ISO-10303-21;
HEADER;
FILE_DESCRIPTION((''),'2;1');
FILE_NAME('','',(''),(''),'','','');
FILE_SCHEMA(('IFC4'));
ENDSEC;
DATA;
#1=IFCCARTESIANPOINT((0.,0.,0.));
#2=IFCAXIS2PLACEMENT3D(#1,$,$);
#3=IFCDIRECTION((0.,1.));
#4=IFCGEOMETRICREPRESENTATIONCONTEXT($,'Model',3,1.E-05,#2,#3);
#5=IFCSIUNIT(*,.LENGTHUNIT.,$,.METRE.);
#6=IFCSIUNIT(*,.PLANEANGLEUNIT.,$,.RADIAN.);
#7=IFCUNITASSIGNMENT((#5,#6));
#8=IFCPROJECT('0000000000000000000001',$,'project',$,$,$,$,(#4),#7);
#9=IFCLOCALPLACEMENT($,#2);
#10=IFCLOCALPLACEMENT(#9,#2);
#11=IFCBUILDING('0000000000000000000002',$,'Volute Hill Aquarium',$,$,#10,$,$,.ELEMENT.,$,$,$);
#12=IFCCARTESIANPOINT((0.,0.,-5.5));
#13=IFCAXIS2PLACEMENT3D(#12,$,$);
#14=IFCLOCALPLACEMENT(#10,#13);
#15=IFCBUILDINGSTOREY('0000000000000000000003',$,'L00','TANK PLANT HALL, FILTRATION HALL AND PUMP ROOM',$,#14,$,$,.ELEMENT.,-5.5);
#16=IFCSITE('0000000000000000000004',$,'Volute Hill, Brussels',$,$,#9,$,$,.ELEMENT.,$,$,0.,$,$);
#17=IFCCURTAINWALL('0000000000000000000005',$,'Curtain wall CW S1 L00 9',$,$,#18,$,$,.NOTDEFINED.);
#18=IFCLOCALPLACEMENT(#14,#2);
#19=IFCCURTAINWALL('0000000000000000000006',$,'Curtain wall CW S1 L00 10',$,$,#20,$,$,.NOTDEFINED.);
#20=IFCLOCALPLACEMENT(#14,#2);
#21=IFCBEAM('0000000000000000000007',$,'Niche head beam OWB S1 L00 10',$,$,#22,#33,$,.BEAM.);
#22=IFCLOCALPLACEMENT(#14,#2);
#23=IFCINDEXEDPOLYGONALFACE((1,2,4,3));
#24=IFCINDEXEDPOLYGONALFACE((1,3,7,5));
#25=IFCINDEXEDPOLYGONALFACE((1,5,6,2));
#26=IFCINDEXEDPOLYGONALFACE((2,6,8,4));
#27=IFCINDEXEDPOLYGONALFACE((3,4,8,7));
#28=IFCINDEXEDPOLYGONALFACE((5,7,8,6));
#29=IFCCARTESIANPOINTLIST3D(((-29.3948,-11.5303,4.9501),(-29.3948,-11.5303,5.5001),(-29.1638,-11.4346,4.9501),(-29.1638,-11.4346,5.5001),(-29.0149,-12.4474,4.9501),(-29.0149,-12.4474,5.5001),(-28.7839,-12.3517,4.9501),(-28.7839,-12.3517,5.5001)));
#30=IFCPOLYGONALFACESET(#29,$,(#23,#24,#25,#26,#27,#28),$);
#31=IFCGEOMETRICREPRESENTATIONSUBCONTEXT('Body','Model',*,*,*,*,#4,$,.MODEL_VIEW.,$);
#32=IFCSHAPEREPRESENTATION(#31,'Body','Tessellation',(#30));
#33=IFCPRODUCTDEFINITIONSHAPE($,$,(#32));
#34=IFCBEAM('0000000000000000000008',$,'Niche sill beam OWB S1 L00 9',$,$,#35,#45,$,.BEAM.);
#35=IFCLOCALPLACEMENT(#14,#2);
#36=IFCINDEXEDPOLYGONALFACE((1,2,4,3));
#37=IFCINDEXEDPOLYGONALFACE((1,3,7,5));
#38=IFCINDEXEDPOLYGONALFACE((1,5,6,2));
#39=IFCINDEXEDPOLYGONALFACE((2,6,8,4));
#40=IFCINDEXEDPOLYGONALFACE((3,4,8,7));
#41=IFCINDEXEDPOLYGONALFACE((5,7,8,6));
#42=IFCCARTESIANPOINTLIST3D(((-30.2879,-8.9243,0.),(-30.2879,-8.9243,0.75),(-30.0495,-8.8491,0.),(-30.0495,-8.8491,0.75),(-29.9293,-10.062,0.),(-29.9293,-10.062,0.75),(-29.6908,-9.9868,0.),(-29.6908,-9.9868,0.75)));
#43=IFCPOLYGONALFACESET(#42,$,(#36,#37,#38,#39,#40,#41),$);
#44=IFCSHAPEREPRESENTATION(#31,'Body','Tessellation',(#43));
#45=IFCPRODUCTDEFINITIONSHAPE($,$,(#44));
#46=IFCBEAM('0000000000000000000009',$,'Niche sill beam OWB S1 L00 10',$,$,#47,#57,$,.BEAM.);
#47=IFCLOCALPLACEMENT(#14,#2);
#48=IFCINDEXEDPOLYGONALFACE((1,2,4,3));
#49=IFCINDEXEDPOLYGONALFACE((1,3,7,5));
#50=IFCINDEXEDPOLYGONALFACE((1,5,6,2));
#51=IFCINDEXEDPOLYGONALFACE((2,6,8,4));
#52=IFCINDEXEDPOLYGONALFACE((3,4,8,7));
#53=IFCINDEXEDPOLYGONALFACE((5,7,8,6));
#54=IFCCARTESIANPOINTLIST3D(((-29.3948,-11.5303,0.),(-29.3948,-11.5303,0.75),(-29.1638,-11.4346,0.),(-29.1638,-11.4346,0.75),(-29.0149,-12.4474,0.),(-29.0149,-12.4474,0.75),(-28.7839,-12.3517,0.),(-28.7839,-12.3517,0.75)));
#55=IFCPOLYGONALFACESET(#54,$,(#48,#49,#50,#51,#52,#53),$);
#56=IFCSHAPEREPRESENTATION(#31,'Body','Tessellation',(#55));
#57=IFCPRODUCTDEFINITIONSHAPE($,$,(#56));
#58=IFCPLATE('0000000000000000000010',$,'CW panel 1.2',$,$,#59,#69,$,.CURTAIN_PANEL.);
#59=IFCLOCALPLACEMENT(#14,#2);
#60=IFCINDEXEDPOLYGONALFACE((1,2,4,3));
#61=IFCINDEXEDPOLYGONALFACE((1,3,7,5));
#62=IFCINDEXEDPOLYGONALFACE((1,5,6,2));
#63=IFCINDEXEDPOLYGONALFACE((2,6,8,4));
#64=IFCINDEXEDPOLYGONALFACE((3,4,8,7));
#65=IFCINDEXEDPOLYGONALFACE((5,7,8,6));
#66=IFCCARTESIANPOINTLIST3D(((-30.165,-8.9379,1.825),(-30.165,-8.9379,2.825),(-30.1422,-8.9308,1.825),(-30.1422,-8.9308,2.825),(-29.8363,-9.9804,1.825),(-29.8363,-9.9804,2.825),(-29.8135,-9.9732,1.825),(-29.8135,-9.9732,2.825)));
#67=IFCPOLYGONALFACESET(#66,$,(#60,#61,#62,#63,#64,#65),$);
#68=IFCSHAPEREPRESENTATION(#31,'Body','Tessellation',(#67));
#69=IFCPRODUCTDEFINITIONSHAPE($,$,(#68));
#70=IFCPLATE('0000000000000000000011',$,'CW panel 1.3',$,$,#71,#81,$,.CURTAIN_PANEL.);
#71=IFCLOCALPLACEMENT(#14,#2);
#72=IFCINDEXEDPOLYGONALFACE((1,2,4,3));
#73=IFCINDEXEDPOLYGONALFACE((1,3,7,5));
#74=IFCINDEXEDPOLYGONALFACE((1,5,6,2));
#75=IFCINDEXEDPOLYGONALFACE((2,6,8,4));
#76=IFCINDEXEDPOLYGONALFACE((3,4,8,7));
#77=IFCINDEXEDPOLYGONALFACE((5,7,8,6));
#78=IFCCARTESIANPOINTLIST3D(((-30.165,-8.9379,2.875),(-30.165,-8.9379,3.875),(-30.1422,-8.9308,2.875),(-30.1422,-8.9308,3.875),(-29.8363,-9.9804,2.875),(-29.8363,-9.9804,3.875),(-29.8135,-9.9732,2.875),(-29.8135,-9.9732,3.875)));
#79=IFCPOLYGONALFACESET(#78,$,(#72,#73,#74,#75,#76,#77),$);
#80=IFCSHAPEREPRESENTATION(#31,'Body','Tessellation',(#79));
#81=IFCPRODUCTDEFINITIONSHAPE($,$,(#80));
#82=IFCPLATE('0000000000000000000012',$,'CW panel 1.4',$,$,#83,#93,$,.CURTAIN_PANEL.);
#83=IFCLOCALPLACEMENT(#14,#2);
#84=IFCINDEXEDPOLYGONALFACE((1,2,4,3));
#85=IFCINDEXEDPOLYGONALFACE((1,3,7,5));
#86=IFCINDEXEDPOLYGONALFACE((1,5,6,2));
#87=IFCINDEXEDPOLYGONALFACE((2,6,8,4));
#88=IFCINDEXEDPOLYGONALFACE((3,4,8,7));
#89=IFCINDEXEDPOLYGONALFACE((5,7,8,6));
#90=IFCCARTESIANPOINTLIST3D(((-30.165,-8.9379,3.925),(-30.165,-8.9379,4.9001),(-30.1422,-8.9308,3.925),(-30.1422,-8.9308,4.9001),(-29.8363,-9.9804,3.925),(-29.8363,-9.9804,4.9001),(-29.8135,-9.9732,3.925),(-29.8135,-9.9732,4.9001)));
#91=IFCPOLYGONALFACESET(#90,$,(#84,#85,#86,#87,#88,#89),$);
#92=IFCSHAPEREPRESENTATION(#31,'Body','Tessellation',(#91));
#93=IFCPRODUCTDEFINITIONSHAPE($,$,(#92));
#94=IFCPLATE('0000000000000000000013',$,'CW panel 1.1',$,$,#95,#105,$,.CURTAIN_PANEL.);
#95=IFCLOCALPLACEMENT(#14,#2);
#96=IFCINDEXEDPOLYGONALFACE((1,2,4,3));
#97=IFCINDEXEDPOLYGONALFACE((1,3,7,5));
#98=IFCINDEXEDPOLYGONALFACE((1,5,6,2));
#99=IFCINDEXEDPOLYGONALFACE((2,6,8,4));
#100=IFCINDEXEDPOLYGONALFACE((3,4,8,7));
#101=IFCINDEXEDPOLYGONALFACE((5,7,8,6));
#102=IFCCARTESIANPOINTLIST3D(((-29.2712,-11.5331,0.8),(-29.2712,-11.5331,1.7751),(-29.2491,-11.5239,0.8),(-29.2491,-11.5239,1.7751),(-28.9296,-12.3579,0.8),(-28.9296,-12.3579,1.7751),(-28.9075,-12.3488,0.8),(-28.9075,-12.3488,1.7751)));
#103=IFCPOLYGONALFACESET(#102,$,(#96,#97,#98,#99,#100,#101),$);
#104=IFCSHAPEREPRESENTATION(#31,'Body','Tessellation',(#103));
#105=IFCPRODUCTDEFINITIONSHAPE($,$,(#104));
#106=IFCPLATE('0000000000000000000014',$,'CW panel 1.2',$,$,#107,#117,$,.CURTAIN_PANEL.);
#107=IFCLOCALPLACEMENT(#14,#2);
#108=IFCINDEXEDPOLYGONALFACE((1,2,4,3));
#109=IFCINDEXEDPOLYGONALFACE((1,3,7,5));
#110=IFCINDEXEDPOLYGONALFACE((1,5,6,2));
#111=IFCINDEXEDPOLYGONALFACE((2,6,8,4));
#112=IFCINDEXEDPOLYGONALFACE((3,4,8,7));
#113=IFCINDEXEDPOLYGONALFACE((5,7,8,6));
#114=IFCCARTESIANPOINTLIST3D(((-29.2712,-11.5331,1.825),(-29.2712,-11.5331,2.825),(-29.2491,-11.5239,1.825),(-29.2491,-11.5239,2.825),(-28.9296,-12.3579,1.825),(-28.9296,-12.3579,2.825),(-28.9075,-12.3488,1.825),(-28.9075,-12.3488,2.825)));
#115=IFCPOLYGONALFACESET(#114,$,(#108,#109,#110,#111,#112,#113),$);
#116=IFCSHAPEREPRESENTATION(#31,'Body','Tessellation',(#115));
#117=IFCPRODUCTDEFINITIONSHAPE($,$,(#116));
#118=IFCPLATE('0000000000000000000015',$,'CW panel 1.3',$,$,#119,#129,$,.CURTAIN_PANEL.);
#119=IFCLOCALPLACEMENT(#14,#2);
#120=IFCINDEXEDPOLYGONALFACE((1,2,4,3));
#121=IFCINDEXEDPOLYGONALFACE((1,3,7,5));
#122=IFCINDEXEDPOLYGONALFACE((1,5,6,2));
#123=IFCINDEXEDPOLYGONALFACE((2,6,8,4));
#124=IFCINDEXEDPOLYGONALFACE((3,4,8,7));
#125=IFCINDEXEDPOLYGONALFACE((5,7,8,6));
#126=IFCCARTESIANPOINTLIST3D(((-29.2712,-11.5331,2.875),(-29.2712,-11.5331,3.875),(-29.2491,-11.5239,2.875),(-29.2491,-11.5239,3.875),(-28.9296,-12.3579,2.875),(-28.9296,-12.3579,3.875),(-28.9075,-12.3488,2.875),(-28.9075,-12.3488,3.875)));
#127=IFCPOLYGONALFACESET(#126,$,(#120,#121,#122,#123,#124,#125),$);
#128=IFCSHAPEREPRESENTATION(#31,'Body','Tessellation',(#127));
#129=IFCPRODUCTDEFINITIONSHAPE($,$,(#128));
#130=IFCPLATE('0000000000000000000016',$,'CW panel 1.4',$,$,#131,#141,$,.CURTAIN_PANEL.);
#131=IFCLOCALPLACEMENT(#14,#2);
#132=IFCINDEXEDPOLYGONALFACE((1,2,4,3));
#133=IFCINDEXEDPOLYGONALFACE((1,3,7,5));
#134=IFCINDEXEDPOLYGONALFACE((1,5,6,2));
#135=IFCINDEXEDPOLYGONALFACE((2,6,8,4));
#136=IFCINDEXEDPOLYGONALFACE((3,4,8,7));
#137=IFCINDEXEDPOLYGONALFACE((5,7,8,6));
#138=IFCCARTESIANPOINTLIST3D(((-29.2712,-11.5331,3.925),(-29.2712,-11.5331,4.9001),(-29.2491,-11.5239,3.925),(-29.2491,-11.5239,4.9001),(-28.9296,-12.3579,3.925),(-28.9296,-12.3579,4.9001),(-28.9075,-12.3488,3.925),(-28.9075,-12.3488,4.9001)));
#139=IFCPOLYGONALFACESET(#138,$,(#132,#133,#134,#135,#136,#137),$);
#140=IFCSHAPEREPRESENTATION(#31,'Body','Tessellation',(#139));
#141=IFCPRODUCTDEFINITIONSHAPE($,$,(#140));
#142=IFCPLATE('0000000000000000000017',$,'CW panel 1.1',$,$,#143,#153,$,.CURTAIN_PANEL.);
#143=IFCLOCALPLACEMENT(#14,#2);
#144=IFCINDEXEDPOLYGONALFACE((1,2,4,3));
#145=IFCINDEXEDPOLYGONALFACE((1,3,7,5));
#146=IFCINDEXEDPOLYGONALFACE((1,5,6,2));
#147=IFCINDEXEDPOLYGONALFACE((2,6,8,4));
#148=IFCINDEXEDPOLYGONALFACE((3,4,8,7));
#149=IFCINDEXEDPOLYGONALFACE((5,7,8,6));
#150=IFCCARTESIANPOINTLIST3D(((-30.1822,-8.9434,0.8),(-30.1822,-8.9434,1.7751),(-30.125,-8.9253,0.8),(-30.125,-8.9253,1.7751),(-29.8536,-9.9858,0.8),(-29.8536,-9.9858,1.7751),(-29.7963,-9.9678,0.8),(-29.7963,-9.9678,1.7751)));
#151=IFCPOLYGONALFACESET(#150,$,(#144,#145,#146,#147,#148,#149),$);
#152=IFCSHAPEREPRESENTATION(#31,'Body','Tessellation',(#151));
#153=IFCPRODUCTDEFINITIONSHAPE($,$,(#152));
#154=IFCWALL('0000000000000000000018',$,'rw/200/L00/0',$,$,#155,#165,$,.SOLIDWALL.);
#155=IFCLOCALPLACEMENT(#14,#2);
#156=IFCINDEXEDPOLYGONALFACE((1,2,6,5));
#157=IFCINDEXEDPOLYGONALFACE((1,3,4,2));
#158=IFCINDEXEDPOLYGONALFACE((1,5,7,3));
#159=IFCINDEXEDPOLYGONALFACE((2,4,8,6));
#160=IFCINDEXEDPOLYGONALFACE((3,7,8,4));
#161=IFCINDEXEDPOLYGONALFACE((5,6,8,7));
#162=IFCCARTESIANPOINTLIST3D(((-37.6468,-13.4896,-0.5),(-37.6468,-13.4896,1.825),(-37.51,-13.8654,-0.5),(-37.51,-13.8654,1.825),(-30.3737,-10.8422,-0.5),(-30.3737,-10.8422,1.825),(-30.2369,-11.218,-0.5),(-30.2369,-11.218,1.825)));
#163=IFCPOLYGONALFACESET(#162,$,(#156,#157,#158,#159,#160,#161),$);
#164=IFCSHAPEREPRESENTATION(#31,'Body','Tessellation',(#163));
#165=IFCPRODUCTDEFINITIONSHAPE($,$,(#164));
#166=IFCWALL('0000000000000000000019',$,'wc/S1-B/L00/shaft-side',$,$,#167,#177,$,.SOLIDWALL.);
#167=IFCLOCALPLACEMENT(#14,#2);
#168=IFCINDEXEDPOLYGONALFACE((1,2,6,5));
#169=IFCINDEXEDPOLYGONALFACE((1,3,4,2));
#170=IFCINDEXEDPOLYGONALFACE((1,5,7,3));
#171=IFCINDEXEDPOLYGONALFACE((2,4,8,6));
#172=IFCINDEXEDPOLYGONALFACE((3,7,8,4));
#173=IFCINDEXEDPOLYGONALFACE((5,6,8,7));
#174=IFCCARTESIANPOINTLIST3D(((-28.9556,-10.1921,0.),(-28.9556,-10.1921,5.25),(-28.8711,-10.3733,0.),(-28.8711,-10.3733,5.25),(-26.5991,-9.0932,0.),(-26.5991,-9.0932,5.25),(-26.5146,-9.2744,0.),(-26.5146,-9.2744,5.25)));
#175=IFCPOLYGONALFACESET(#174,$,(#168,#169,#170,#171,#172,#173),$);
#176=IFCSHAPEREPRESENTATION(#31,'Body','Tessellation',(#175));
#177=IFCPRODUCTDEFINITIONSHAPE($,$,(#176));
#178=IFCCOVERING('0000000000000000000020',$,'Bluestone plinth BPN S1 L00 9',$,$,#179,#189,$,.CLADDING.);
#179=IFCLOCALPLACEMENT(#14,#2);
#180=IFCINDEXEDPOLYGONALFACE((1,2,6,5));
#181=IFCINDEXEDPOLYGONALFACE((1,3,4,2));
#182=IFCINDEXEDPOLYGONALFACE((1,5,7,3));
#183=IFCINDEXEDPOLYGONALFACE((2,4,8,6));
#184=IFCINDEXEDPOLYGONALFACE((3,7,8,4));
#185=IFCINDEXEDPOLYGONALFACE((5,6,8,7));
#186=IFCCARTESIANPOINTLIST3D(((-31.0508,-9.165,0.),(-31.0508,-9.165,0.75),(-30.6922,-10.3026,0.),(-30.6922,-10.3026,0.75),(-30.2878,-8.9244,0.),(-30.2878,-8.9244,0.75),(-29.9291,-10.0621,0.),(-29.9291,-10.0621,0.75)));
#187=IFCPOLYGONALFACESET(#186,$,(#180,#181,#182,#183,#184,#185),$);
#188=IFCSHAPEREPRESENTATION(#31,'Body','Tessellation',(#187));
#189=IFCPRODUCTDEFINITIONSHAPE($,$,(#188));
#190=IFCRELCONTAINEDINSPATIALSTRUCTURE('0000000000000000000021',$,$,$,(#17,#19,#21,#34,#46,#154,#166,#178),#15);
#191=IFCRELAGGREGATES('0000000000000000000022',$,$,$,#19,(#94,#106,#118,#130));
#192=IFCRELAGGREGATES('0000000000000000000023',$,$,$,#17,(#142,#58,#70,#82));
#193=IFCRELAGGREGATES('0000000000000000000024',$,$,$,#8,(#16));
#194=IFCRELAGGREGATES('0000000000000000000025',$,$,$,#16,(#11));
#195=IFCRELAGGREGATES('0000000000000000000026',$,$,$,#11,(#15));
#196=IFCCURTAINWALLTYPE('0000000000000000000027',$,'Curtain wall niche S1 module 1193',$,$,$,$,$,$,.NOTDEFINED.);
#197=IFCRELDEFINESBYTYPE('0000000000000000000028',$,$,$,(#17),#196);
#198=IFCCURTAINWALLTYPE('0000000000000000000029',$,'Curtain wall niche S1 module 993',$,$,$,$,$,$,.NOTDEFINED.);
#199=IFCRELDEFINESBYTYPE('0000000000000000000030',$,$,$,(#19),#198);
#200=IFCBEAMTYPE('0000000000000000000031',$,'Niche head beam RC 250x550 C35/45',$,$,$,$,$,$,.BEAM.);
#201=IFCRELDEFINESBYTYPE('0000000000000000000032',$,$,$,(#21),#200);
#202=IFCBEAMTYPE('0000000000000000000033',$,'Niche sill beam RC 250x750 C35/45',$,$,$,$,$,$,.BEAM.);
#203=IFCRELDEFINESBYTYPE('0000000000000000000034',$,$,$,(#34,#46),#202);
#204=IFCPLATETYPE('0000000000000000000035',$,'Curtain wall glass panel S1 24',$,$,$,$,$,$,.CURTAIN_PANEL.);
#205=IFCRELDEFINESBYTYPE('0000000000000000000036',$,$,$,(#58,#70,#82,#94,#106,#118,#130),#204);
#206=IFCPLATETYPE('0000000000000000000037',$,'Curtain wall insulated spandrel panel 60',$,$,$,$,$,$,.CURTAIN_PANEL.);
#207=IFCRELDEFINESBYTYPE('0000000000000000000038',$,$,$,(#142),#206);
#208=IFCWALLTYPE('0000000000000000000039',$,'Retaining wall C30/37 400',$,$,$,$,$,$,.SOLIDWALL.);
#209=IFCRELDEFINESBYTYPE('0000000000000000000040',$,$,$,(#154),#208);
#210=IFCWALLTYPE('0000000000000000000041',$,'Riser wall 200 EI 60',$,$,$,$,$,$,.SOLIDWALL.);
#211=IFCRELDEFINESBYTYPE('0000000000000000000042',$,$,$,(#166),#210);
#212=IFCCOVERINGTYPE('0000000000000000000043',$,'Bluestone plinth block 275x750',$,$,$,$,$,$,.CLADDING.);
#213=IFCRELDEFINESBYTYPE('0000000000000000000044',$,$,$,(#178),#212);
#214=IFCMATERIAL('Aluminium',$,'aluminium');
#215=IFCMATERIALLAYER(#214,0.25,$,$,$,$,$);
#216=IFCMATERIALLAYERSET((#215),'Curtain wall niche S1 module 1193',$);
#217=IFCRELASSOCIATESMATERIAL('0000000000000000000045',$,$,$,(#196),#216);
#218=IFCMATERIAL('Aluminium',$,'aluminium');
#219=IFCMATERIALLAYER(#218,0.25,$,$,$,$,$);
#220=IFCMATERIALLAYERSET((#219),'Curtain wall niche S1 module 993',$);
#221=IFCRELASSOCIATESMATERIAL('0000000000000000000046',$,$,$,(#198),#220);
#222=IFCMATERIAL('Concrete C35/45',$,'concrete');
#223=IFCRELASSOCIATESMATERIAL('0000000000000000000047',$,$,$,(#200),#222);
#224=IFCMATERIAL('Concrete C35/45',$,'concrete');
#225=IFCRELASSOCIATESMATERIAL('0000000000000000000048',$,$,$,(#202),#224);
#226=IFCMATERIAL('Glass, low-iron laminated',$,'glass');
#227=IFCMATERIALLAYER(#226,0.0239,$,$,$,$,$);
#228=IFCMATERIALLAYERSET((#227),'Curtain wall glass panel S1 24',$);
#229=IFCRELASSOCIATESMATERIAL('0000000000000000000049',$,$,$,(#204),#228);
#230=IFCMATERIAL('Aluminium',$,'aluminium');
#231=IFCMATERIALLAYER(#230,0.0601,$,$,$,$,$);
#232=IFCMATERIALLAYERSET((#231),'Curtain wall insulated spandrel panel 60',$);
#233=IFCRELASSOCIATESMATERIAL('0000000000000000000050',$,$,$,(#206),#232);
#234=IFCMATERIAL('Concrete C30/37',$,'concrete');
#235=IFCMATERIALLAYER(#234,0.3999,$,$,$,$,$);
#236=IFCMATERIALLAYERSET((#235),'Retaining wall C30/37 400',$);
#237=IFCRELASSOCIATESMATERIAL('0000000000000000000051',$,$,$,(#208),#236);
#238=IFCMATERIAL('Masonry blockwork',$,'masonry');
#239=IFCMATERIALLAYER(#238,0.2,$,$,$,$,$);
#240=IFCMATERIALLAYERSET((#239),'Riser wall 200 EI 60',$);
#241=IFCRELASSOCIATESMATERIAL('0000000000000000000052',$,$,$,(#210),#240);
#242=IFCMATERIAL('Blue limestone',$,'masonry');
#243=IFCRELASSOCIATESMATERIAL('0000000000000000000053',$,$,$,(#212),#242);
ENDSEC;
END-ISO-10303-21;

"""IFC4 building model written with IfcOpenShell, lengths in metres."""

from ifc_helpers import new_model, si_unit, direction, frame, frame_2d, origin, origin_2d, place, context, subcontext, project, spatial, rectangle, extrude, material, layer, layer_set, material_profile, profile_set, type_object, element, aggregate, save


model = new_model("IFC4")

# Units and contexts
model_context = context("Model", 3, precision=1e-05, world=origin(), true_north=direction((0.0, 1.0)))
body_context = subcontext(model_context, "Body", "Model", "MODEL_VIEW")
ifc_project = project(units=[si_unit("LENGTHUNIT", "METRE"), si_unit("PLANEANGLEUNIT", "RADIAN")], contexts=[model_context])

# Site, building, storey
site_placement = place(None, origin())
site = spatial("IfcSite", under=ifc_project, at=site_placement, Name="Volute Hill, Brussels", CompositionType="ELEMENT", RefElevation=0.0)
building_placement = place(site_placement, origin())
building = spatial("IfcBuilding", under=site, at=building_placement, Name="Volute Hill Aquarium", CompositionType="ELEMENT")
storey_placement = place(building_placement, frame((0.0, 0.0, -5.5)))
storey = spatial("IfcBuildingStorey", under=building, at=storey_placement, Name="L00", Description="TANK PLANT HALL, FILTRATION HALL AND PUMP ROOM", CompositionType="ELEMENT", Elevation=-5.5)

# Curtain wall
ifc_material_1 = material(Name="Aluminium", Category="aluminium")
ifc_layer_1 = layer(ifc_material_1, 0.25)
ifc_layer_set_1 = layer_set([ifc_layer_1], Name="Curtain wall niche S1 module 1193")
curtain_wall_type_1 = type_object("IfcCurtainWallType", Name="Curtain wall niche S1 module 1193", PredefinedType="NOTDEFINED", material=ifc_layer_set_1)
curtain_wall_1_placement = place(storey_placement, origin())
curtain_wall_1 = element("IfcCurtainWall", 1, at=curtain_wall_1_placement, inside=storey, type_object=curtain_wall_type_1, Name="Curtain wall CW S1 L00 9", PredefinedType="NOTDEFINED")

# Curtain wall
ifc_material_2 = material(Name="Aluminium", Category="aluminium")
ifc_layer_2 = layer(ifc_material_2, 0.25)
ifc_layer_set_2 = layer_set([ifc_layer_2], Name="Curtain wall niche S1 module 993")
curtain_wall_type_2 = type_object("IfcCurtainWallType", Name="Curtain wall niche S1 module 993", PredefinedType="NOTDEFINED", material=ifc_layer_set_2)
curtain_wall_2_placement = place(storey_placement, origin())
curtain_wall_2 = element("IfcCurtainWall", 2, at=curtain_wall_2_placement, inside=storey, type_object=curtain_wall_type_2, Name="Curtain wall CW S1 L00 10", PredefinedType="NOTDEFINED")

# Beams
ifc_material_3 = material(Name="Concrete C35/45", Category="concrete")
ifc_material_profile_1 = material_profile(ifc_material_3, rectangle(XDim=0.25, YDim=0.55, at=origin_2d()), Name="RC beam 250x550")
ifc_profile_set_1 = profile_set([ifc_material_profile_1], Name="Concrete C35/45")
beam_type_1 = type_object("IfcBeamType", Name="Niche head beam RC 250x550 C35/45", PredefinedType="BEAM", material=ifc_profile_set_1)
beam_1_placement = place(storey_placement, frame((-29.2793, -11.4824, 5.2251), z_axis=(0.382728, -0.923861, 0.0), x_axis=(0.923861, 0.382728, 0.0)))
element("IfcBeam", 3, at=beam_1_placement, inside=storey, type_object=beam_type_1, Name="Niche head beam OWB S1 L00 10", PredefinedType="BEAM", context=body_context, shape_type="SweptSolid", body=[
    extrude(rectangle(XDim=0.25, YDim=0.55, at=origin_2d()), origin(), (0.0, 0.0, 1.0), 0.9927),
])
ifc_material_4 = material(Name="Concrete C35/45", Category="concrete")
ifc_material_profile_2 = material_profile(ifc_material_4, rectangle(XDim=0.25, YDim=0.75, at=origin_2d()), Name="RC beam 250x750")
ifc_profile_set_2 = profile_set([ifc_material_profile_2], Name="Concrete C35/45")
beam_type_2 = type_object("IfcBeamType", Name="Niche sill beam RC 250x750 C35/45", PredefinedType="BEAM", material=ifc_profile_set_2)
beam_2_placement = place(storey_placement, frame((-30.1687, -8.8867, 0.375), z_axis=(0.300651, -0.953734, 0.0), x_axis=(0.953734, 0.300651, 0.0)))
element("IfcBeam", 4, at=beam_2_placement, inside=storey, type_object=beam_type_2, Name="Niche sill beam OWB S1 L00 9", PredefinedType="BEAM", context=body_context, shape_type="SweptSolid", body=[
    extrude(rectangle(XDim=0.25, YDim=0.75, at=origin_2d()), origin(), (0.0, 0.0, 1.0), 1.1929),
])
beam_3_placement = place(storey_placement, frame((-29.2793, -11.4824, 0.375), z_axis=(0.382728, -0.923861, 0.0), x_axis=(0.923861, 0.382728, 0.0)))
element("IfcBeam", 5, at=beam_3_placement, inside=storey, type_object=beam_type_2, Name="Niche sill beam OWB S1 L00 10", PredefinedType="BEAM", context=body_context, shape_type="SweptSolid", body=[
    extrude(rectangle(XDim=0.25, YDim=0.75, at=origin_2d()), origin(), (0.0, 0.0, 1.0), 0.9927),
])

# Plates
ifc_material_5 = material(Name="Glass, low-iron laminated", Category="glass")
ifc_layer_3 = layer(ifc_material_5, 0.0239)
ifc_layer_set_3 = layer_set([ifc_layer_3], Name="Curtain wall glass panel S1 24")
plate_type_1 = type_object("IfcPlateType", Name="Curtain wall glass panel S1 24", PredefinedType="CURTAIN_PANEL", material=ifc_layer_set_3)
plate_1_placement = place(storey_placement, frame((-29.9893, -9.4556, 1.825), z_axis=(0.0, 0.0, 1.0), x_axis=(0.3007, -0.953719, 0.0)))
plate_1 = element("IfcPlate", 6, at=plate_1_placement, type_object=plate_type_1, Name="CW panel 1.2", PredefinedType="CURTAIN_PANEL", context=body_context, shape_type="SweptSolid", body=[
    extrude(rectangle(XDim=1.093, YDim=0.0239, at=origin_2d()), origin(), (0.0, 0.0, 1.0), 1.0),
])
plate_2_placement = place(storey_placement, frame((-29.9893, -9.4556, 2.875), z_axis=(0.0, 0.0, 1.0), x_axis=(0.3007, -0.953719, 0.0)))
plate_2 = element("IfcPlate", 7, at=plate_2_placement, type_object=plate_type_1, Name="CW panel 1.3", PredefinedType="CURTAIN_PANEL", context=body_context, shape_type="SweptSolid", body=[
    extrude(rectangle(XDim=1.093, YDim=0.0239, at=origin_2d()), origin(), (0.0, 0.0, 1.0), 1.0),
])
plate_3_placement = place(storey_placement, frame((-29.9893, -9.4556, 3.925), z_axis=(0.0, 0.0, 1.0), x_axis=(0.3007, -0.953719, 0.0)))
plate_3 = element("IfcPlate", 8, at=plate_3_placement, type_object=plate_type_1, Name="CW panel 1.4", PredefinedType="CURTAIN_PANEL", context=body_context, shape_type="SweptSolid", body=[
    extrude(rectangle(XDim=1.093, YDim=0.0239, at=origin_2d()), origin(), (0.0, 0.0, 1.0), 0.9751),
])
plate_4_placement = place(storey_placement, frame((-29.0894, -11.9409, 0.8), z_axis=(0.0, 0.0, 1.0), x_axis=(0.38267, -0.923885, 0.0)))
plate_4 = element("IfcPlate", 9, at=plate_4_placement, type_object=plate_type_1, Name="CW panel 1.1", PredefinedType="CURTAIN_PANEL", context=body_context, shape_type="SweptSolid", body=[
    extrude(rectangle(XDim=0.8928, YDim=0.0239, at=origin_2d()), origin(), (0.0, 0.0, 1.0), 0.9751),
])
plate_5_placement = place(storey_placement, frame((-29.0894, -11.9409, 1.825), z_axis=(0.0, 0.0, 1.0), x_axis=(0.38267, -0.923885, 0.0)))
plate_5 = element("IfcPlate", 10, at=plate_5_placement, type_object=plate_type_1, Name="CW panel 1.2", PredefinedType="CURTAIN_PANEL", context=body_context, shape_type="SweptSolid", body=[
    extrude(rectangle(XDim=0.8928, YDim=0.0239, at=origin_2d()), origin(), (0.0, 0.0, 1.0), 1.0),
])
plate_6_placement = place(storey_placement, frame((-29.0894, -11.9409, 2.875), z_axis=(0.0, 0.0, 1.0), x_axis=(0.38267, -0.923885, 0.0)))
plate_6 = element("IfcPlate", 11, at=plate_6_placement, type_object=plate_type_1, Name="CW panel 1.3", PredefinedType="CURTAIN_PANEL", context=body_context, shape_type="SweptSolid", body=[
    extrude(rectangle(XDim=0.8928, YDim=0.0239, at=origin_2d()), origin(), (0.0, 0.0, 1.0), 1.0),
])
plate_7_placement = place(storey_placement, frame((-29.0894, -11.9409, 3.925), z_axis=(0.0, 0.0, 1.0), x_axis=(0.38267, -0.923885, 0.0)))
plate_7 = element("IfcPlate", 12, at=plate_7_placement, type_object=plate_type_1, Name="CW panel 1.4", PredefinedType="CURTAIN_PANEL", context=body_context, shape_type="SweptSolid", body=[
    extrude(rectangle(XDim=0.8928, YDim=0.0239, at=origin_2d()), origin(), (0.0, 0.0, 1.0), 0.9751),
])
aggregate(curtain_wall_2, [plate_4, plate_5, plate_6, plate_7])
ifc_material_6 = material(Name="Aluminium", Category="aluminium")
ifc_layer_4 = layer(ifc_material_6, 0.0601)
ifc_layer_set_4 = layer_set([ifc_layer_4], Name="Curtain wall insulated spandrel panel 60")
plate_type_2 = type_object("IfcPlateType", Name="Curtain wall insulated spandrel panel 60", PredefinedType="CURTAIN_PANEL", material=ifc_layer_set_4)
plate_8_placement = place(storey_placement, frame((-29.9893, -9.4556, 0.8), z_axis=(0.0, 0.0, 1.0), x_axis=(0.3007, -0.953719, 0.0)))
plate_8 = element("IfcPlate", 13, at=plate_8_placement, type_object=plate_type_2, Name="CW panel 1.1", PredefinedType="CURTAIN_PANEL", context=body_context, shape_type="SweptSolid", body=[
    extrude(rectangle(XDim=1.093, YDim=0.0601, at=origin_2d()), origin(), (0.0, 0.0, 1.0), 0.9751),
])
aggregate(curtain_wall_1, [plate_8, plate_1, plate_2, plate_3])

# Walls
ifc_material_7 = material(Name="Concrete C30/37", Category="concrete")
ifc_layer_5 = layer(ifc_material_7, 0.3999)
ifc_layer_set_5 = layer_set([ifc_layer_5], Name="Retaining wall C30/37 400")
wall_type_1 = type_object("IfcWallType", Name="Retaining wall C30/37 400", PredefinedType="SOLIDWALL", material=ifc_layer_set_5)
wall_1_placement = place(storey_placement, frame((-30.3052, -11.03, -0.5), z_axis=(0.0, 0.0, 1.0), x_axis=(-0.939683, -0.342047, 0.0)))
element("IfcWall", 14, at=wall_1_placement, inside=storey, type_object=wall_type_1, Name="rw/200/L00/0", PredefinedType="SOLIDWALL", context=body_context, shape_type="SweptSolid", body=[
    extrude(rectangle(XDim=7.74, YDim=0.3999, at=frame_2d((3.8701, 0.0))), origin(), (0.0, 0.0, 1.0), 2.325),
])
ifc_material_8 = material(Name="Masonry blockwork", Category="masonry")
ifc_layer_6 = layer(ifc_material_8, 0.2)
ifc_layer_set_6 = layer_set([ifc_layer_6], Name="Riser wall 200 EI 60")
wall_type_2 = type_object("IfcWallType", Name="Riser wall 200 EI 60", PredefinedType="SOLIDWALL", material=ifc_layer_set_6)
wall_2_placement = place(storey_placement, frame((-26.5569, -9.1838, 0.0), z_axis=(0.0, 0.0, 1.0), x_axis=(-0.906301, -0.422634, 0.0)))
element("IfcWall", 15, at=wall_2_placement, inside=storey, type_object=wall_type_2, Name="wc/S1-B/L00/shaft-side", PredefinedType="SOLIDWALL", context=body_context, shape_type="SweptSolid", body=[
    extrude(rectangle(XDim=2.6001, YDim=0.2, at=frame_2d((1.3, 0.0))), origin(), (0.0, 0.0, 1.0), 5.25),
])

# Covering
ifc_material_9 = material(Name="Blue limestone", Category="masonry")
covering_type_1 = type_object("IfcCoveringType", Name="Bluestone plinth block 275x750", PredefinedType="CLADDING", material=ifc_material_9)
covering_1_placement = place(storey_placement, frame((-30.49, -9.6135, 0.0), z_axis=(0.0, 0.0, 1.0), x_axis=(0.3007, -0.953719, 0.0)))
element("IfcCovering", 16, at=covering_1_placement, inside=storey, type_object=covering_type_1, Name="Bluestone plinth BPN S1 L00 9", PredefinedType="CLADDING", context=body_context, shape_type="SweptSolid", body=[
    extrude(rectangle(XDim=1.1929, YDim=0.8, at=origin_2d()), origin(), (0.0, 0.0, 1.0), 0.75),
])

save(model, "model.ifc")
